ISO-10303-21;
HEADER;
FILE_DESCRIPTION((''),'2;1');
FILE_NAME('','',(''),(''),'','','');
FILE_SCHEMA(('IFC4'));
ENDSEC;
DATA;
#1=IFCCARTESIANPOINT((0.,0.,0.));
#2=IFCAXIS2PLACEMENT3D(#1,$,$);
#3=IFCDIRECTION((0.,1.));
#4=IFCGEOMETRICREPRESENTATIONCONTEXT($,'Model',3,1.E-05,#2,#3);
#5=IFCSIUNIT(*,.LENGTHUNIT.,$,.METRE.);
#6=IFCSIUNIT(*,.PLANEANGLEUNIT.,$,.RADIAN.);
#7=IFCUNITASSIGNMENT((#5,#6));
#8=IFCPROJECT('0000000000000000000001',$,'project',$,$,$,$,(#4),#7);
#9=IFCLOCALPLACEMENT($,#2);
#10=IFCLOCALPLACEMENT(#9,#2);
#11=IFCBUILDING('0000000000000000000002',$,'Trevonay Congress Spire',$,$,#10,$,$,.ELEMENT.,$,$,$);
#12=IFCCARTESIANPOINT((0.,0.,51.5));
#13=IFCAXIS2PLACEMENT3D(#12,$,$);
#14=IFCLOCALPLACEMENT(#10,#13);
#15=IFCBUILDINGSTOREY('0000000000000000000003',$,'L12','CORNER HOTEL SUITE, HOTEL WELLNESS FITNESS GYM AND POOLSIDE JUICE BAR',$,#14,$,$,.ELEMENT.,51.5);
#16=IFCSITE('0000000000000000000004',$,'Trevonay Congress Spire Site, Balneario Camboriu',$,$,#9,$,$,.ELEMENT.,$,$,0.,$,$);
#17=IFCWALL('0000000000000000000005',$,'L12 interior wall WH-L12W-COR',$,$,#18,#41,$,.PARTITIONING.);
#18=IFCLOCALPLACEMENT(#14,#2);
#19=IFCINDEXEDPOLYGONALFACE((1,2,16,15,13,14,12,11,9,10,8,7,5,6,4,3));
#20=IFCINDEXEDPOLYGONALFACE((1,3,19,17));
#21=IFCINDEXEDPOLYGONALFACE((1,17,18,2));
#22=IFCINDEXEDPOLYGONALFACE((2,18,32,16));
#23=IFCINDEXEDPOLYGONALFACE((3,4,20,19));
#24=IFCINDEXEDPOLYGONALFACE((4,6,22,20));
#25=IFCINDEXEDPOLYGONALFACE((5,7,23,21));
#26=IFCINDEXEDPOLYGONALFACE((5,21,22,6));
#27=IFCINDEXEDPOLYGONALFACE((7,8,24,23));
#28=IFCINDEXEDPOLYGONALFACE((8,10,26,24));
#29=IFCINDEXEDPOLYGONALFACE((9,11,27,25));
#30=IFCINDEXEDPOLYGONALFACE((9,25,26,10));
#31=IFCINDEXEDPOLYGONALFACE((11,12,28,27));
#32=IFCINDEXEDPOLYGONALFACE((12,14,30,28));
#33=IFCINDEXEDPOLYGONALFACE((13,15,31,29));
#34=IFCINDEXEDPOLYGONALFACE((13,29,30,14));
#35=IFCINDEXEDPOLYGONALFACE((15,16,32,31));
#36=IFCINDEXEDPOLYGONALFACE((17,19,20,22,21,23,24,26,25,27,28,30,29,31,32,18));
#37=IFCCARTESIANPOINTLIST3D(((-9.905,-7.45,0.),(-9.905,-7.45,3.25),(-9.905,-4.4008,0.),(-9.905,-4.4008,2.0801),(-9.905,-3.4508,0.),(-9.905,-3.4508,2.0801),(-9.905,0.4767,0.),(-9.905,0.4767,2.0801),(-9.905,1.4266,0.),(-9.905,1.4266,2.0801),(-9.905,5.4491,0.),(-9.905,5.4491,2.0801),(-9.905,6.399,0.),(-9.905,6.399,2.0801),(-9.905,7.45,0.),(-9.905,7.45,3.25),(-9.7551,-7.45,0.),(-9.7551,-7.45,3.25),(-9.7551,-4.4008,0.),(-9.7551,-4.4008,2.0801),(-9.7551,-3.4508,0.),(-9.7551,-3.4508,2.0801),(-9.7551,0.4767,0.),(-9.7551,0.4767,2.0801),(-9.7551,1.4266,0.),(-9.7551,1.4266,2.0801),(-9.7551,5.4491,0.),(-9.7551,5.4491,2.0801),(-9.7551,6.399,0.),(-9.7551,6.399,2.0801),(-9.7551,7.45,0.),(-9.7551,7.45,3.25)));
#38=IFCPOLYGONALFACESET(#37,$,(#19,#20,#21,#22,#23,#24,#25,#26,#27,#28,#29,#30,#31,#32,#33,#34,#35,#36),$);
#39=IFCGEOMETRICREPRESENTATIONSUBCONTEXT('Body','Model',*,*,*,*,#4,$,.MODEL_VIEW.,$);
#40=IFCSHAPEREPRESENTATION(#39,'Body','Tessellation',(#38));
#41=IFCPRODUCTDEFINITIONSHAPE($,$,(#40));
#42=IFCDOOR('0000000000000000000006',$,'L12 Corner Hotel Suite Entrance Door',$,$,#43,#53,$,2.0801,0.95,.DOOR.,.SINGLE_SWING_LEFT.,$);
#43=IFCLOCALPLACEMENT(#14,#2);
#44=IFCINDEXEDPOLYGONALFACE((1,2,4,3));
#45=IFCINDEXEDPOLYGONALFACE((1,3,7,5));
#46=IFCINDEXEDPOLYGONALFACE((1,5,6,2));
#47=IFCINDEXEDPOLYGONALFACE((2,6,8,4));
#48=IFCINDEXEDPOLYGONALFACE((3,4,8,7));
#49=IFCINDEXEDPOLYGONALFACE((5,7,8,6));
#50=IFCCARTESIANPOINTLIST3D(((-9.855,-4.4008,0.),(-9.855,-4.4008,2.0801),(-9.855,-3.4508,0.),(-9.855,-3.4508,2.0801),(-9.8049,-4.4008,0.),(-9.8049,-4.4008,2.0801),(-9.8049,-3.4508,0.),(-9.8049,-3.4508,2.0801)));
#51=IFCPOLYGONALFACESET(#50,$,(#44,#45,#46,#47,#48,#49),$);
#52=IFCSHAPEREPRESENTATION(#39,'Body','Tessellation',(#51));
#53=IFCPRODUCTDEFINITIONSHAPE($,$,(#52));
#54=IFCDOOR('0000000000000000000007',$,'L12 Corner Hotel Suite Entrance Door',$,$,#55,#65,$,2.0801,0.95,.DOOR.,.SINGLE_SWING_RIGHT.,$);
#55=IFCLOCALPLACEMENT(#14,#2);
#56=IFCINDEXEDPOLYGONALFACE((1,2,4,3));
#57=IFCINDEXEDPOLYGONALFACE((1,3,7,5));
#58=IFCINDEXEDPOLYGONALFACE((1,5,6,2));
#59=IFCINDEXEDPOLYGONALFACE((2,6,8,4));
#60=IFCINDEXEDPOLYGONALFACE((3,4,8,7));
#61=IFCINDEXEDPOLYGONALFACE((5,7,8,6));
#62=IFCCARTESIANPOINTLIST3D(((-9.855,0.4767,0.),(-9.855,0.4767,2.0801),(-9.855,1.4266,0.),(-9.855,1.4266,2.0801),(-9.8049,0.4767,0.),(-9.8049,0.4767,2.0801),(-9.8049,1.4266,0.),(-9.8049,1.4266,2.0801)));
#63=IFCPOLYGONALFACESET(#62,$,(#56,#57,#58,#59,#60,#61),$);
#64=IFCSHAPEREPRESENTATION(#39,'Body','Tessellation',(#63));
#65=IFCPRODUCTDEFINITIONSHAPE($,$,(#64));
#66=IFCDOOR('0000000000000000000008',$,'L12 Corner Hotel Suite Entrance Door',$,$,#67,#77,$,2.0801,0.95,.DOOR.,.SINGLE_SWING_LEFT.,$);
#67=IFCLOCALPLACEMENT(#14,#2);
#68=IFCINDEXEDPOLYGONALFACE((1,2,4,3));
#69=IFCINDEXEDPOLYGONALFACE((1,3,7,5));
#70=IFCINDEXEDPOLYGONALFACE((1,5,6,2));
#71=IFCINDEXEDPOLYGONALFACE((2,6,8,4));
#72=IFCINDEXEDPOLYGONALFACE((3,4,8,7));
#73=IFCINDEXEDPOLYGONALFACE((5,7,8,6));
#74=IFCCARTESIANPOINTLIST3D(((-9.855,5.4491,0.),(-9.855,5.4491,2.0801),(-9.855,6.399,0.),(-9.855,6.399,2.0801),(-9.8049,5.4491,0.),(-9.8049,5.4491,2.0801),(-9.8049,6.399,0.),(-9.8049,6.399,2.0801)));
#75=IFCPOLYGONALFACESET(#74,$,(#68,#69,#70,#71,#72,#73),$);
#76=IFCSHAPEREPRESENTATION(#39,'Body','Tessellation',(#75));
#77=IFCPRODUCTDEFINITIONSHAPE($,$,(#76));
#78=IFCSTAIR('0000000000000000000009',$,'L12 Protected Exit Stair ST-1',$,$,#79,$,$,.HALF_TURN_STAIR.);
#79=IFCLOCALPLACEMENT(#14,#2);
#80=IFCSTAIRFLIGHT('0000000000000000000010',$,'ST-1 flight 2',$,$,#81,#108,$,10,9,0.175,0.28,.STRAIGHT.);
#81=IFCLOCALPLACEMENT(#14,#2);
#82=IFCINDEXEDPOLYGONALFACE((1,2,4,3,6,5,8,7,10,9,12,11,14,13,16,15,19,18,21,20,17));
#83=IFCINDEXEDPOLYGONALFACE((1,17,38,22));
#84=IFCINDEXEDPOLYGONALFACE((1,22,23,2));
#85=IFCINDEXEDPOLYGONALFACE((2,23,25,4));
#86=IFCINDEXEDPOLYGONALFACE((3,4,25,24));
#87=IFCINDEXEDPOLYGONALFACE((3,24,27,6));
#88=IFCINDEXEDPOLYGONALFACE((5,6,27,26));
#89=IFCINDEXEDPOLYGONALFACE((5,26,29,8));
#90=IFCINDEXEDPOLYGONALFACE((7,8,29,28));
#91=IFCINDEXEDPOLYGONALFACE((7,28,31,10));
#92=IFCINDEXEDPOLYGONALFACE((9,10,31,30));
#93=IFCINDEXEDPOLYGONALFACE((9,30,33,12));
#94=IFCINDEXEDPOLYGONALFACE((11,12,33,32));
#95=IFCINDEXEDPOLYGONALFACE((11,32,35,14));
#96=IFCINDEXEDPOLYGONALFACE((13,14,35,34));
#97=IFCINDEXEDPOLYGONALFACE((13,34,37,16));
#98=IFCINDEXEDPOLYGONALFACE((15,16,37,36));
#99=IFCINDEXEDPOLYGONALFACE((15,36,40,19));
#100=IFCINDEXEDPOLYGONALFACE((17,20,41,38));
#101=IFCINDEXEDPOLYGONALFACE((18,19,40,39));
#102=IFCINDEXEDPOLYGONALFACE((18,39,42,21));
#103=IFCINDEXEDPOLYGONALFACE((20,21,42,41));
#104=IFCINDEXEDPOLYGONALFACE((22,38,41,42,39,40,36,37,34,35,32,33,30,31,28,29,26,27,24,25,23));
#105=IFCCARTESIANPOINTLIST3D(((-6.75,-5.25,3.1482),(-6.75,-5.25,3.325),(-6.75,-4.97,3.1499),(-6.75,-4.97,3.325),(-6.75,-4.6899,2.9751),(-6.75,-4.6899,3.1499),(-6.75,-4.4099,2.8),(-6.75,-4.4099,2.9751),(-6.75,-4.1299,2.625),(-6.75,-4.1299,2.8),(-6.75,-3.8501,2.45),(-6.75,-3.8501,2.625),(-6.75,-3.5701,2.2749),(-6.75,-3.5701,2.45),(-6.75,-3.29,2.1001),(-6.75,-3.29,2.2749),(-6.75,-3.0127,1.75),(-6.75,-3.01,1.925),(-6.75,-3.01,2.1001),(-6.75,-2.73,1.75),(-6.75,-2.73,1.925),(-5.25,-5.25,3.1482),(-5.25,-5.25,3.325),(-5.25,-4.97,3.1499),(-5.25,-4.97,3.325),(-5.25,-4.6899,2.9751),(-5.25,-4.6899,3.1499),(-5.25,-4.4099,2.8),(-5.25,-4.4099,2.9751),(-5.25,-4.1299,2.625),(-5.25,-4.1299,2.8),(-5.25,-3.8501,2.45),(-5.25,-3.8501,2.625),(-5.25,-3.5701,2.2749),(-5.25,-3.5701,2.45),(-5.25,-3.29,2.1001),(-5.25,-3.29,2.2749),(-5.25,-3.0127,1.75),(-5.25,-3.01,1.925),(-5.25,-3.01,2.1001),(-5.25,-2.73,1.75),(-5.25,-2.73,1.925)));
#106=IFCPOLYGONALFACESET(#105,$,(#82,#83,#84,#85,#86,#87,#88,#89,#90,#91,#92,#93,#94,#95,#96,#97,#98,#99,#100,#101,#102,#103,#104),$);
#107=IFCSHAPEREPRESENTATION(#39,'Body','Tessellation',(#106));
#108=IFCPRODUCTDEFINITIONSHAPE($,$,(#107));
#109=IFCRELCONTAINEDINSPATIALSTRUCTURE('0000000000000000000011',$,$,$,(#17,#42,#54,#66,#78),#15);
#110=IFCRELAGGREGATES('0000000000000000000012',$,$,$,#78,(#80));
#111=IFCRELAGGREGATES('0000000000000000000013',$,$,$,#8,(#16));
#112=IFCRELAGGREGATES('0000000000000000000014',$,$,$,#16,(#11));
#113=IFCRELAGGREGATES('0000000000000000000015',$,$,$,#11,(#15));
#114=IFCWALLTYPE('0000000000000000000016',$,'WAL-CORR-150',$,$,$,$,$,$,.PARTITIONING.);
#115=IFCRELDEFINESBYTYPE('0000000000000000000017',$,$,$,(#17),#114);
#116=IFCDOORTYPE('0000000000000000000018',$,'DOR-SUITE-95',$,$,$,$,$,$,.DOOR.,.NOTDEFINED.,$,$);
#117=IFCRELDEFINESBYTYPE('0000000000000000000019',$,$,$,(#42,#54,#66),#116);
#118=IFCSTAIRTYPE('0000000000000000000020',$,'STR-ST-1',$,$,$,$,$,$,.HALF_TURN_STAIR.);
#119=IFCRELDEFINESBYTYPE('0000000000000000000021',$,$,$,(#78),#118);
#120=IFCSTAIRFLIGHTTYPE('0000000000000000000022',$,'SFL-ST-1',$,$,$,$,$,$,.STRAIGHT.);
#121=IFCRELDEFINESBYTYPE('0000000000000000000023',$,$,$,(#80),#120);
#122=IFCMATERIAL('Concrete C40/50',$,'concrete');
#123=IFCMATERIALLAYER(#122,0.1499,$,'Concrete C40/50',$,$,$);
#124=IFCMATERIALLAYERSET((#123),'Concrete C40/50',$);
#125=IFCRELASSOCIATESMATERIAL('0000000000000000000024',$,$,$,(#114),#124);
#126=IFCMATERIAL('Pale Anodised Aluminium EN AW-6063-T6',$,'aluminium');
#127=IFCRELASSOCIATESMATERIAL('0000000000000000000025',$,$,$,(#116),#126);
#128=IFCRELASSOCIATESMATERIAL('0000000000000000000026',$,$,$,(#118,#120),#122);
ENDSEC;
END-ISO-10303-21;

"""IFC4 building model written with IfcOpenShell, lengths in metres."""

from ifc_helpers import new_model, si_unit, direction, frame, frame_2d, origin, place, context, subcontext, project, spatial, polyline, rectangle, outline, extrude, material, layer, layer_set, type_object, element, fill, aggregate, save


model = new_model("IFC4")

# Units and contexts
model_context = context("Model", 3, precision=1e-05, world=origin(), true_north=direction((0.0, 1.0)))
body_context = subcontext(model_context, "Body", "Model", "MODEL_VIEW")
ifc_project = project(units=[si_unit("LENGTHUNIT", "METRE"), si_unit("PLANEANGLEUNIT", "RADIAN")], contexts=[model_context])

# Site, building, storey
site_placement = place(None, origin())
site = spatial("IfcSite", under=ifc_project, at=site_placement, Name="Trevonay Congress Spire Site, Balneario Camboriu", CompositionType="ELEMENT", RefElevation=0.0)
building_placement = place(site_placement, origin())
building = spatial("IfcBuilding", under=site, at=building_placement, Name="Trevonay Congress Spire", CompositionType="ELEMENT")
storey_placement = place(building_placement, frame((0.0, 0.0, 51.5)))
storey = spatial("IfcBuildingStorey", under=building, at=storey_placement, Name="L12", Description="CORNER HOTEL SUITE, HOTEL WELLNESS FITNESS GYM AND POOLSIDE JUICE BAR", CompositionType="ELEMENT", Elevation=51.5)

# Shared definitions
ifc_material_1 = material(Name="Concrete C40/50", Category="concrete")
ifc_material_2 = material(Name="Pale Anodised Aluminium EN AW-6063-T6", Category="aluminium")

# Wall, openings, doors
ifc_layer_1 = layer(ifc_material_1, 0.1499, Name="Concrete C40/50")
ifc_layer_set_1 = layer_set([ifc_layer_1], Name="Concrete C40/50")
wall_type_1 = type_object("IfcWallType", Name="WAL-CORR-150", PredefinedType="PARTITIONING", material=ifc_layer_set_1)
wall_1_placement = place(storey_placement, frame((-9.8301, -7.45, 0.0), z_axis=(0.0, 0.0, 1.0), x_axis=(0.0, 1.0, 0.0)))
wall_1 = element("IfcWall", 1, at=wall_1_placement, inside=storey, type_object=wall_type_1, Name="L12 interior wall WH-L12W-COR", PredefinedType="PARTITIONING", context=body_context, shape_type="SweptSolid", body=[
    extrude(rectangle(XDim=14.8999, YDim=0.1499, at=frame_2d((7.45, 0.0))), origin(), (0.0, 0.0, 1.0), 3.25),
])
opening_1_placement = place(wall_1_placement, frame((3.0491, 0.0, 0.0)))
opening_1 = element("IfcOpeningElement", 2, at=opening_1_placement, cuts=wall_1, PredefinedType="OPENING", context=body_context, shape_type="SweptSolid", body=[
    extrude(rectangle(XDim=0.95, YDim=2.0801, at=frame_2d((0.4751, 1.04))), frame((0.0, 0.085, 0.0), z_axis=(0.0, -1.0, 0.0), x_axis=(1.0, 0.0, 0.0)), (0.0, 0.0, 1.0), 0.1699),
])
opening_2_placement = place(wall_1_placement, frame((7.9265, 0.0, 0.0)))
opening_2 = element("IfcOpeningElement", 3, at=opening_2_placement, cuts=wall_1, PredefinedType="OPENING", context=body_context, shape_type="SweptSolid", body=[
    extrude(rectangle(XDim=0.95, YDim=2.0801, at=frame_2d((0.4751, 1.04))), frame((0.0, 0.085, 0.0), z_axis=(0.0, -1.0, 0.0), x_axis=(1.0, 0.0, 0.0)), (0.0, 0.0, 1.0), 0.1699),
])
opening_3_placement = place(wall_1_placement, frame((12.8989, 0.0, 0.0)))
opening_3 = element("IfcOpeningElement", 4, at=opening_3_placement, cuts=wall_1, PredefinedType="OPENING", context=body_context, shape_type="SweptSolid", body=[
    extrude(rectangle(XDim=0.95, YDim=2.0801, at=frame_2d((0.4751, 1.04))), frame((0.0, 0.085, 0.0), z_axis=(0.0, -1.0, 0.0), x_axis=(1.0, 0.0, 0.0)), (0.0, 0.0, 1.0), 0.1699),
])
door_type_1 = type_object("IfcDoorType", Name="DOR-SUITE-95", OperationType="NOTDEFINED", PredefinedType="DOOR", material=ifc_material_2)
door_1_placement = place(opening_1_placement, origin())
door_1 = element("IfcDoor", 5, at=door_1_placement, inside=storey, type_object=door_type_1, Name="L12 Corner Hotel Suite Entrance Door", OperationType="SINGLE_SWING_LEFT", OverallHeight=2.0801, OverallWidth=0.95, PredefinedType="DOOR", context=body_context, shape_type="SweptSolid", body=[
    extrude(rectangle(XDim=0.95, YDim=2.0801, at=frame_2d((0.4751, 1.04))), frame((0.0, 0.0249, 0.0), z_axis=(0.0, -1.0, 0.0), x_axis=(1.0, 0.0, 0.0)), (0.0, 0.0, 1.0), 0.05),
])
fill(opening_1, door_1)
door_2_placement = place(opening_2_placement, origin())
door_2 = element("IfcDoor", 6, at=door_2_placement, inside=storey, type_object=door_type_1, Name="L12 Corner Hotel Suite Entrance Door", OperationType="SINGLE_SWING_RIGHT", OverallHeight=2.0801, OverallWidth=0.95, PredefinedType="DOOR", context=body_context, shape_type="SweptSolid", body=[
    extrude(rectangle(XDim=0.95, YDim=2.0801, at=frame_2d((0.4751, 1.04))), frame((0.0, 0.0249, 0.0), z_axis=(0.0, -1.0, 0.0), x_axis=(1.0, 0.0, 0.0)), (0.0, 0.0, 1.0), 0.05),
])
fill(opening_2, door_2)
door_3_placement = place(opening_3_placement, origin())
door_3 = element("IfcDoor", 7, at=door_3_placement, inside=storey, type_object=door_type_1, Name="L12 Corner Hotel Suite Entrance Door", OperationType="SINGLE_SWING_LEFT", OverallHeight=2.0801, OverallWidth=0.95, PredefinedType="DOOR", context=body_context, shape_type="SweptSolid", body=[
    extrude(rectangle(XDim=0.95, YDim=2.0801, at=frame_2d((0.4751, 1.04))), frame((0.0, 0.0249, 0.0), z_axis=(0.0, -1.0, 0.0), x_axis=(1.0, 0.0, 0.0)), (0.0, 0.0, 1.0), 0.05),
])
fill(opening_3, door_3)

# Stair, stair flight
stair_type = type_object("IfcStairType", Name="STR-ST-1", PredefinedType="HALF_TURN_STAIR", material=ifc_material_1)
stair_placement = place(storey_placement, origin())
stair = element("IfcStair", 8, at=stair_placement, inside=storey, type_object=stair_type, Name="L12 Protected Exit Stair ST-1", PredefinedType="HALF_TURN_STAIR")
stair_flight_type = type_object("IfcStairFlightType", Name="SFL-ST-1", PredefinedType="STRAIGHT", material=ifc_material_1)
stair_flight_placement = place(storey_placement, frame((-6.0, -2.73, 1.75), z_axis=(0.0, 0.0, 1.0), x_axis=(0.0, -1.0, 0.0)))
stair_flight = element("IfcStairFlight", 9, at=stair_flight_placement, type_object=stair_flight_type, Name="ST-1 flight 2", NumberOfRisers=10, NumberOfTreads=9, PredefinedType="STRAIGHT", RiserHeight=0.175, TreadLength=0.28, context=body_context, shape_type="SweptSolid", body=[
    extrude(outline(polyline([(0.0, 0.0), (0.0, 0.175), (0.28, 0.175), (0.28, 0.3501), (0.5601, 0.3501), (0.5601, 0.5249), (0.8401, 0.5249), (0.8401, 0.7), (1.1201, 0.7), (1.1201, 0.875), (1.3999, 0.875), (1.3999, 1.05), (1.6799, 1.05), (1.6799, 1.2251), (1.96, 1.2251), (1.96, 1.3999), (2.24, 1.3999), (2.24, 1.575), (2.52, 1.575), (2.52, 1.75), (2.52, 1.3982), (0.2827, 0.0), (0.0, 0.0)])), frame((0.0, 0.75, 0.0), z_axis=(0.0, -1.0, 0.0), x_axis=(1.0, 0.0, 0.0)), (0.0, 0.0, 1.0), 1.5),
])
aggregate(stair, [stair_flight])

save(model, "model.ifc")
